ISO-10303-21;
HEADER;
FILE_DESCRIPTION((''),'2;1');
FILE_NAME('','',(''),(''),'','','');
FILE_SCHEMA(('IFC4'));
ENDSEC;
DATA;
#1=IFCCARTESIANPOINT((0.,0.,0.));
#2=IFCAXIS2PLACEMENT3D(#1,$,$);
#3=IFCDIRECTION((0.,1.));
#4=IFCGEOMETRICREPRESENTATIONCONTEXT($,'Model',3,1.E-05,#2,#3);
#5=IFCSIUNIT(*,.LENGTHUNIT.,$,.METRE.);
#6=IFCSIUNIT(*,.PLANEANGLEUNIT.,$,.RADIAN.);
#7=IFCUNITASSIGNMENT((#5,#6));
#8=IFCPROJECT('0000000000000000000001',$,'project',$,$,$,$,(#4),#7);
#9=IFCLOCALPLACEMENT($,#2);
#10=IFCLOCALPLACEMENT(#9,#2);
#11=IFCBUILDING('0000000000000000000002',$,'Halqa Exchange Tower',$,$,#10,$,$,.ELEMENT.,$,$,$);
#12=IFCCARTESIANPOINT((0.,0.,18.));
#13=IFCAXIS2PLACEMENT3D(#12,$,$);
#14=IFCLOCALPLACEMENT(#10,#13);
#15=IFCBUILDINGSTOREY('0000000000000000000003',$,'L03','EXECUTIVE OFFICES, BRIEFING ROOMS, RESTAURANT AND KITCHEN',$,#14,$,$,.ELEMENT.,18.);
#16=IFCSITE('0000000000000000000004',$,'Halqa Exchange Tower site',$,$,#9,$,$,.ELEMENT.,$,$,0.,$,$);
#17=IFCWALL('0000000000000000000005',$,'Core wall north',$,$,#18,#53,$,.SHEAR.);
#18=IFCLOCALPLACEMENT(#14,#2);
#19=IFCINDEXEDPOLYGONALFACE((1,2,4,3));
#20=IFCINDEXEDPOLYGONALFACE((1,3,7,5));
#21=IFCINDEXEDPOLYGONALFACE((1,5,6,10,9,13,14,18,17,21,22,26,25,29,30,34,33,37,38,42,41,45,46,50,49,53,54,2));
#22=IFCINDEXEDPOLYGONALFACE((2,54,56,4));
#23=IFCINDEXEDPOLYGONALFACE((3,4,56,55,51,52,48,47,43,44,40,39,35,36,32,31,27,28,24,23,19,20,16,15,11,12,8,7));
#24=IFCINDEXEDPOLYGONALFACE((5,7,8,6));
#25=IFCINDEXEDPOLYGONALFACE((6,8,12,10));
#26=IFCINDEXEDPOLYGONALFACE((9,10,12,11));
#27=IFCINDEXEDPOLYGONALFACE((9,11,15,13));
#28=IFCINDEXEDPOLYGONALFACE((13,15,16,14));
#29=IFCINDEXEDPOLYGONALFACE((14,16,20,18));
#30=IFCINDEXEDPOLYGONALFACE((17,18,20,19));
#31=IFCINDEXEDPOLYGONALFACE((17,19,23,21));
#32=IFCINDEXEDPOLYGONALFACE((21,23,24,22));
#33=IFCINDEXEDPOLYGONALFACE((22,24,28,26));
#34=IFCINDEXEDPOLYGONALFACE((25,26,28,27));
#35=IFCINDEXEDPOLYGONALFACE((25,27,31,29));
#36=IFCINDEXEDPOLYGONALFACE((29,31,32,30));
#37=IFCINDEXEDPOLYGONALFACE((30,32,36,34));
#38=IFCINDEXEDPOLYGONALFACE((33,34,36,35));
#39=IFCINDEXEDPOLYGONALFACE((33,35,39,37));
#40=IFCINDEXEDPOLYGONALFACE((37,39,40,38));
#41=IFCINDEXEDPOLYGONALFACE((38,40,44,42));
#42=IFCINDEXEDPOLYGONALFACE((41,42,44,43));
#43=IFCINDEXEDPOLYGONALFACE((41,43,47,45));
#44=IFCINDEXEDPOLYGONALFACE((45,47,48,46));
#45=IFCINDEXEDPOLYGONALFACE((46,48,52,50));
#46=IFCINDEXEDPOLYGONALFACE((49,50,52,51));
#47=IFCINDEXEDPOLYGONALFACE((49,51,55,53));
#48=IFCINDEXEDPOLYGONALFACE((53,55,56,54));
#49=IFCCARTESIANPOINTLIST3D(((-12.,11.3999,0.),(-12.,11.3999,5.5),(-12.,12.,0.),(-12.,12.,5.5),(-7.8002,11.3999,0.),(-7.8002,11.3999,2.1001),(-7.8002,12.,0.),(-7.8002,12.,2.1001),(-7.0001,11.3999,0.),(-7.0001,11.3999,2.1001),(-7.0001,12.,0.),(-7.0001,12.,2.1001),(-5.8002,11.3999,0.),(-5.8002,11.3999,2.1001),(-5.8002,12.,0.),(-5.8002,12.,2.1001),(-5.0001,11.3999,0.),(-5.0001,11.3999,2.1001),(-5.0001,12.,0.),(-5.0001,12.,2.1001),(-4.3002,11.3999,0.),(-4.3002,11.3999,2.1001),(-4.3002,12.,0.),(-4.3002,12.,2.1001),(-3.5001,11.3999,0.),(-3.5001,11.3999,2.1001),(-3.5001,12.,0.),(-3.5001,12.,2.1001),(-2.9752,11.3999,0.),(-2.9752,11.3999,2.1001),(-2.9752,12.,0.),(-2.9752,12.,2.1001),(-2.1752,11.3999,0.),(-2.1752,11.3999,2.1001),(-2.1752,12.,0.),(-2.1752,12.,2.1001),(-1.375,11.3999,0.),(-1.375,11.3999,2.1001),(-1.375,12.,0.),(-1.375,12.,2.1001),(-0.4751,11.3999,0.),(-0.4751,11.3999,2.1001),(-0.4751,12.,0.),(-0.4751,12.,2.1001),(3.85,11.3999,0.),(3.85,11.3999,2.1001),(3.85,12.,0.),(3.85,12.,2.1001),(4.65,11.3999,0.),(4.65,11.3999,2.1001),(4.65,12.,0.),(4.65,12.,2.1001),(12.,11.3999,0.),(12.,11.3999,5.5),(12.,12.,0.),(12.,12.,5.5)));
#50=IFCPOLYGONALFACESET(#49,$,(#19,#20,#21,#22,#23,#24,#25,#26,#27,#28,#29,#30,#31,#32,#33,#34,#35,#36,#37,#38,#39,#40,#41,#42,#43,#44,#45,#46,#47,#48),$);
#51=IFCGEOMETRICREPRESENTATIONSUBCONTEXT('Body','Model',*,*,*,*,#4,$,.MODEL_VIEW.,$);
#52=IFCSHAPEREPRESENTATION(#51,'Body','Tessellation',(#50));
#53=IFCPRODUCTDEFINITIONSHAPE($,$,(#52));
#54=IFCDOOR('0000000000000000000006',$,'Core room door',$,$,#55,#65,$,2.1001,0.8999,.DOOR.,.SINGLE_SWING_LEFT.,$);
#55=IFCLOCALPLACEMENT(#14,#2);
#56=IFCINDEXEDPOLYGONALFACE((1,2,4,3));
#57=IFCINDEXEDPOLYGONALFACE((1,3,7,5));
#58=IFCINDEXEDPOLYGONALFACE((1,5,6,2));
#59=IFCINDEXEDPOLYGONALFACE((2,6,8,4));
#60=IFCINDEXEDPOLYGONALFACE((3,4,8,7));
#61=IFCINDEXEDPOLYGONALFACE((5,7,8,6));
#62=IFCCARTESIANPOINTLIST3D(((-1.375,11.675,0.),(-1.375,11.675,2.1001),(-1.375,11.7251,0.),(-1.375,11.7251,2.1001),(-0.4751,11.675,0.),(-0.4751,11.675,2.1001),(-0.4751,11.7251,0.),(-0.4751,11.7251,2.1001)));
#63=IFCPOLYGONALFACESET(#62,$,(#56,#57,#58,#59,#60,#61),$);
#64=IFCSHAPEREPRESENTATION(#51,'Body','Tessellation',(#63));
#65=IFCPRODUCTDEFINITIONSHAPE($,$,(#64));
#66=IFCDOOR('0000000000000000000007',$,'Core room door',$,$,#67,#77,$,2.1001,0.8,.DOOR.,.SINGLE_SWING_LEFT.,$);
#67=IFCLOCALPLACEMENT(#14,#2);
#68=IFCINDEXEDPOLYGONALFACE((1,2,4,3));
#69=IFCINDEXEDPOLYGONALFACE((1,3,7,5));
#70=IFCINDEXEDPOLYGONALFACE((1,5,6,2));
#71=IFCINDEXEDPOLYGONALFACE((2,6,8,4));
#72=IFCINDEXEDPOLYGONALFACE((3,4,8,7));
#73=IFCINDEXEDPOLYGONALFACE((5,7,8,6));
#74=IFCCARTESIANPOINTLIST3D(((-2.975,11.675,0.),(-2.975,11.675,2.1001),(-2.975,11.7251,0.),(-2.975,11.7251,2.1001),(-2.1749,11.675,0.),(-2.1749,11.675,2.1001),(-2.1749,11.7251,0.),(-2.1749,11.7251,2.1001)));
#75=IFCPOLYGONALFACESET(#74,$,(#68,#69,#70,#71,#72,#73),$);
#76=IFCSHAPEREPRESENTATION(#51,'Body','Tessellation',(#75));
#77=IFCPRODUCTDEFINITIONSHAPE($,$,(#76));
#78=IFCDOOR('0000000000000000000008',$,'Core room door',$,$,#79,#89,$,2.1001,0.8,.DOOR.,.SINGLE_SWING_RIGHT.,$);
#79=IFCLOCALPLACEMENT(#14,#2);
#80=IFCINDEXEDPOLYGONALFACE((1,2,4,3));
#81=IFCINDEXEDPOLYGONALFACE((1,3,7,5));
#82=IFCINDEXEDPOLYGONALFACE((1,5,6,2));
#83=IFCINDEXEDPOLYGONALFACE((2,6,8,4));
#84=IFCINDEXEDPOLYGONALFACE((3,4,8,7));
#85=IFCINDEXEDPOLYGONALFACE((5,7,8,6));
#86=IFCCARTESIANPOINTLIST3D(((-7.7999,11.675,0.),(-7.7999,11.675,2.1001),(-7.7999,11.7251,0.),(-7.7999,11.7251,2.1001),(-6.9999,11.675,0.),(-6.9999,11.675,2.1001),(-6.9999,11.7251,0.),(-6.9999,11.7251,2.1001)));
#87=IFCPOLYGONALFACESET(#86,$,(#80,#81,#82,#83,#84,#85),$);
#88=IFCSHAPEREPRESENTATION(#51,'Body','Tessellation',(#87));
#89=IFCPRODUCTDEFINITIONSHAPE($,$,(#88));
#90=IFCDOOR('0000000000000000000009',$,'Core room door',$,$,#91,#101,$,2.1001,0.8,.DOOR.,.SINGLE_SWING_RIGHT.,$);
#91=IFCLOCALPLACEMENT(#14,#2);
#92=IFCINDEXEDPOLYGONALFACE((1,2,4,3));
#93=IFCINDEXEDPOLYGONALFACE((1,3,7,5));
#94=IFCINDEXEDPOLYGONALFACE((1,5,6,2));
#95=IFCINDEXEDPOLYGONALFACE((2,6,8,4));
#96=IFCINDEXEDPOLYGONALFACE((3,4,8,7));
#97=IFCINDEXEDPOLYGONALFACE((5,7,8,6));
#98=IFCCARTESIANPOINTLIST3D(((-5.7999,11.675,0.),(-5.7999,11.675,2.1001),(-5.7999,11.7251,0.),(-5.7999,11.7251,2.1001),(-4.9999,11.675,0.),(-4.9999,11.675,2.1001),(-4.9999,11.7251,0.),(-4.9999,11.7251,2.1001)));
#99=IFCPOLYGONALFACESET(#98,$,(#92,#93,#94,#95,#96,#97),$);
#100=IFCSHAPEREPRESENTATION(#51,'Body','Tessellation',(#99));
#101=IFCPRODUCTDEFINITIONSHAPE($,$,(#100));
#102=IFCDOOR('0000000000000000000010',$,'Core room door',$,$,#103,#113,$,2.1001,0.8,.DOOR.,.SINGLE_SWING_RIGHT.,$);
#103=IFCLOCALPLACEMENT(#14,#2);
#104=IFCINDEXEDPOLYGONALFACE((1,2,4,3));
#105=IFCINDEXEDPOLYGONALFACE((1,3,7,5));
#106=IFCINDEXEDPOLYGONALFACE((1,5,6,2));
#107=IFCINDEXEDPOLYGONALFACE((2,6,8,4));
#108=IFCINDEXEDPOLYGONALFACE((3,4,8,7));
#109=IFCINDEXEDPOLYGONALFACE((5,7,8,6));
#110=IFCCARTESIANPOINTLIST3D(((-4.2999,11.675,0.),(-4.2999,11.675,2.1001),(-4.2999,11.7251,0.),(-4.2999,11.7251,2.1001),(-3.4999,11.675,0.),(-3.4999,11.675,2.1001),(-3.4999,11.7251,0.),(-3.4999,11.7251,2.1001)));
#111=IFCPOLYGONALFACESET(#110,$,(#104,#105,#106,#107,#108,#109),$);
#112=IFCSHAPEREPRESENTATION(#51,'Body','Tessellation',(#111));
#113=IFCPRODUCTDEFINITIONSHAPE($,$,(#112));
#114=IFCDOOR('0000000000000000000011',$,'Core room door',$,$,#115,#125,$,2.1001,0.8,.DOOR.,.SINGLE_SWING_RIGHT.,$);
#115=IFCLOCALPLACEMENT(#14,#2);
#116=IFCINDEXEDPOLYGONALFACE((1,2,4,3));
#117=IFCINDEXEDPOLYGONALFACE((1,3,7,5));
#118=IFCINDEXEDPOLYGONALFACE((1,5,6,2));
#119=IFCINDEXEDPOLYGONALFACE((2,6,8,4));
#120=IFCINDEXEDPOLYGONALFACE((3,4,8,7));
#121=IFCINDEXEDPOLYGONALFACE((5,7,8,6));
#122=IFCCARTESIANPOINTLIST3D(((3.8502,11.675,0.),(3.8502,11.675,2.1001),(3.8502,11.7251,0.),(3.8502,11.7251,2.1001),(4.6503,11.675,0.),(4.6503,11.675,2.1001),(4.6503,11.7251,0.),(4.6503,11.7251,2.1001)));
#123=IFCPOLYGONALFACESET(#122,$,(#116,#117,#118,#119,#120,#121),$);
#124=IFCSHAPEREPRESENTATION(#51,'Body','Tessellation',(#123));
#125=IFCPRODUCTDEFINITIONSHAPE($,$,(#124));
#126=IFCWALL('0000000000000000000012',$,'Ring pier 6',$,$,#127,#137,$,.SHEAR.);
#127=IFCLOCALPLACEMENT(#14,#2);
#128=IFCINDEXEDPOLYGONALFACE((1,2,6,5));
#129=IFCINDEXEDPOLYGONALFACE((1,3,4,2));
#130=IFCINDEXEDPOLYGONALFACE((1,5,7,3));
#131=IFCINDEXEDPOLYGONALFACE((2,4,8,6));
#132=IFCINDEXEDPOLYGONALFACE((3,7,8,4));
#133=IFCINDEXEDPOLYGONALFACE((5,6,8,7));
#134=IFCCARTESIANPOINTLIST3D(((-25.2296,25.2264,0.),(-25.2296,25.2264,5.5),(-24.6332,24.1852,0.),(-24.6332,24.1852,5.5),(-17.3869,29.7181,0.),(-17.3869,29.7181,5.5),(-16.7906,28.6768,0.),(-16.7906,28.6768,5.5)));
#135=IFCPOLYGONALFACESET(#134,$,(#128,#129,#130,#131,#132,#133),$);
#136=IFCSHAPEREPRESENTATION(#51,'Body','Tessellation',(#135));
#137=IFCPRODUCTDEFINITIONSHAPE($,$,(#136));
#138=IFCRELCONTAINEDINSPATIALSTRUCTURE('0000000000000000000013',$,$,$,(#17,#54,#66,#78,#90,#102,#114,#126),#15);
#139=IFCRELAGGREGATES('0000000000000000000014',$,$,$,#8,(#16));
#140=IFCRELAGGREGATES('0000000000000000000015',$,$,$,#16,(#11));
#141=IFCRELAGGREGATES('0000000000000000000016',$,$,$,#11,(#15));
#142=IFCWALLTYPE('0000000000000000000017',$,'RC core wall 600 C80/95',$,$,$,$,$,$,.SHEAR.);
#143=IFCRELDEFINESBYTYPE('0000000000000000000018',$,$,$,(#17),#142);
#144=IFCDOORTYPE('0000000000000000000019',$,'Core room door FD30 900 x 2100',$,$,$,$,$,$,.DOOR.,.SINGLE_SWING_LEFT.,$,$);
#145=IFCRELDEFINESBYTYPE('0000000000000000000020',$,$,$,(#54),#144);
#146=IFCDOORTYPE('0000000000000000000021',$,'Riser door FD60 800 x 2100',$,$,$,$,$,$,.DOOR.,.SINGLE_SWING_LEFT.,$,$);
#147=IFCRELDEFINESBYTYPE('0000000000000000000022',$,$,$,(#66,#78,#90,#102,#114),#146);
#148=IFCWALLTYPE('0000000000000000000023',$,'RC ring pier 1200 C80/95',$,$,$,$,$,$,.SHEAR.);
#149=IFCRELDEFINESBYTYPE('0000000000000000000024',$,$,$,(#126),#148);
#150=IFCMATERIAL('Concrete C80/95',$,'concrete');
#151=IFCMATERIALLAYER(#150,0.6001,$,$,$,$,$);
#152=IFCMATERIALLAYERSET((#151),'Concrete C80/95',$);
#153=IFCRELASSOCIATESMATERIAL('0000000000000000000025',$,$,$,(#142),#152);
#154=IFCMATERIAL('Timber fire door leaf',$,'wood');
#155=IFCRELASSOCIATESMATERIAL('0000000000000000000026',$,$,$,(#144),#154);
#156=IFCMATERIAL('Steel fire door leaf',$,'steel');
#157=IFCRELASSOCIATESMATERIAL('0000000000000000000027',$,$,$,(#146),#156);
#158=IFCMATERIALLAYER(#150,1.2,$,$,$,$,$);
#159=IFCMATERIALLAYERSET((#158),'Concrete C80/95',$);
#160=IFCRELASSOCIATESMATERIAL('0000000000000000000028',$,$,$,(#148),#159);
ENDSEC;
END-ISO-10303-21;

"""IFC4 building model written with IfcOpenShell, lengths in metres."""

from ifc_helpers import new_model, si_unit, direction, frame, frame_2d, origin, place, context, subcontext, project, spatial, rectangle, extrude, material, layer, layer_set, type_object, element, fill, save


model = new_model("IFC4")

# Units and contexts
model_context = context("Model", 3, precision=1e-05, world=origin(), true_north=direction((0.0, 1.0)))
body_context = subcontext(model_context, "Body", "Model", "MODEL_VIEW")
ifc_project = project(units=[si_unit("LENGTHUNIT", "METRE"), si_unit("PLANEANGLEUNIT", "RADIAN")], contexts=[model_context])

# Site, building, storey
site_placement = place(None, origin())
site = spatial("IfcSite", under=ifc_project, at=site_placement, Name="Halqa Exchange Tower site", CompositionType="ELEMENT", RefElevation=0.0)
building_placement = place(site_placement, origin())
building = spatial("IfcBuilding", under=site, at=building_placement, Name="Halqa Exchange Tower", CompositionType="ELEMENT")
storey_placement = place(building_placement, frame((0.0, 0.0, 18.0)))
storey = spatial("IfcBuildingStorey", under=building, at=storey_placement, Name="L03", Description="EXECUTIVE OFFICES, BRIEFING ROOMS, RESTAURANT AND KITCHEN", CompositionType="ELEMENT", Elevation=18.0)

# Shared definitions
ifc_material_1 = material(Name="Steel fire door leaf", Category="steel")

# Wall, openings, doors
ifc_material_2 = material(Name="Concrete C80/95", Category="concrete")
ifc_layer_1 = layer(ifc_material_2, 0.6001)
ifc_layer_set_1 = layer_set([ifc_layer_1], Name="Concrete C80/95")
wall_type_1 = type_object("IfcWallType", Name="RC core wall 600 C80/95", PredefinedType="SHEAR", material=ifc_layer_set_1)
wall_1_placement = place(storey_placement, frame((-12.0, 11.7, 0.0), z_axis=(0.0, 0.0, 1.0), x_axis=(1.0, 0.0, 0.0)))
wall_1 = element("IfcWall", 1, at=wall_1_placement, inside=storey, type_object=wall_type_1, Name="Core wall north", PredefinedType="SHEAR", context=body_context, shape_type="SweptSolid", body=[
    extrude(rectangle(XDim=24.0, YDim=0.6001, at=frame_2d((12.0, 0.0))), origin(), (0.0, 0.0, 1.0), 5.5),
])
opening_1_placement = place(wall_1_placement, frame((9.0249, 0.0, 0.0)))
opening_1 = element("IfcOpeningElement", 2, at=opening_1_placement, cuts=wall_1, PredefinedType="OPENING", context=body_context, shape_type="SweptSolid", body=[
    extrude(rectangle(XDim=0.8, YDim=2.1001, at=frame_2d((0.3999, 1.05))), frame((0.0, 0.312, 0.0), z_axis=(0.0, -1.0, 0.0), x_axis=(1.0, 0.0, 0.0)), (0.0, 0.0, 1.0), 0.624),
])
opening_2_placement = place(wall_1_placement, frame((10.625, 0.0, 0.0)))
opening_2 = element("IfcOpeningElement", 3, at=opening_2_placement, cuts=wall_1, PredefinedType="OPENING", context=body_context, shape_type="SweptSolid", body=[
    extrude(rectangle(XDim=0.8999, YDim=2.1001, at=frame_2d((0.45, 1.05))), frame((0.0, 0.312, 0.0), z_axis=(0.0, -1.0, 0.0), x_axis=(1.0, 0.0, 0.0)), (0.0, 0.0, 1.0), 0.624),
])
opening_3_placement = place(wall_1_placement, frame((4.2, 0.0, 0.0)))
opening_3 = element("IfcOpeningElement", 4, at=opening_3_placement, cuts=wall_1, PredefinedType="OPENING", context=body_context, shape_type="SweptSolid", body=[
    extrude(rectangle(XDim=0.8, YDim=2.1001, at=frame_2d((0.3999, 1.05))), frame((0.0, 0.312, 0.0), z_axis=(0.0, -1.0, 0.0), x_axis=(1.0, 0.0, 0.0)), (0.0, 0.0, 1.0), 0.624),
])
opening_4_placement = place(wall_1_placement, frame((6.2, 0.0, 0.0)))
opening_4 = element("IfcOpeningElement", 5, at=opening_4_placement, cuts=wall_1, PredefinedType="OPENING", context=body_context, shape_type="SweptSolid", body=[
    extrude(rectangle(XDim=0.8, YDim=2.1001, at=frame_2d((0.3999, 1.05))), frame((0.0, 0.312, 0.0), z_axis=(0.0, -1.0, 0.0), x_axis=(1.0, 0.0, 0.0)), (0.0, 0.0, 1.0), 0.624),
])
opening_5_placement = place(wall_1_placement, frame((7.7, 0.0, 0.0)))
opening_5 = element("IfcOpeningElement", 6, at=opening_5_placement, cuts=wall_1, PredefinedType="OPENING", context=body_context, shape_type="SweptSolid", body=[
    extrude(rectangle(XDim=0.8, YDim=2.1001, at=frame_2d((0.3999, 1.05))), frame((0.0, 0.312, 0.0), z_axis=(0.0, -1.0, 0.0), x_axis=(1.0, 0.0, 0.0)), (0.0, 0.0, 1.0), 0.624),
])
opening_6_placement = place(wall_1_placement, frame((15.8501, 0.0, 0.0)))
opening_6 = element("IfcOpeningElement", 7, at=opening_6_placement, cuts=wall_1, PredefinedType="OPENING", context=body_context, shape_type="SweptSolid", body=[
    extrude(rectangle(XDim=0.8, YDim=2.1001, at=frame_2d((0.3999, 1.05))), frame((0.0, 0.312, 0.0), z_axis=(0.0, -1.0, 0.0), x_axis=(1.0, 0.0, 0.0)), (0.0, 0.0, 1.0), 0.624),
])
ifc_material_3 = material(Name="Timber fire door leaf", Category="wood")
door_type_1 = type_object("IfcDoorType", Name="Core room door FD30 900 x 2100", OperationType="SINGLE_SWING_LEFT", PredefinedType="DOOR", material=ifc_material_3)
door_1_placement = place(opening_2_placement, frame((0.8999, 0.0, 0.0), z_axis=(0.0, 0.0, 1.0), x_axis=(-1.0, 0.0, 0.0)))
door_1 = element("IfcDoor", 8, at=door_1_placement, inside=storey, type_object=door_type_1, Name="Core room door", OperationType="SINGLE_SWING_LEFT", OverallHeight=2.1001, OverallWidth=0.8999, PredefinedType="DOOR", context=body_context, shape_type="SweptSolid", body=[
    extrude(rectangle(XDim=0.8999, YDim=2.1001, at=frame_2d((0.45, 1.05))), frame((0.0, 0.0249, 0.0), z_axis=(0.0, -1.0, 0.0), x_axis=(1.0, 0.0, 0.0)), (0.0, 0.0, 1.0), 0.05),
])
fill(opening_2, door_1)
door_type_2 = type_object("IfcDoorType", Name="Riser door FD60 800 x 2100", OperationType="SINGLE_SWING_LEFT", PredefinedType="DOOR", material=ifc_material_1)
door_2_placement = place(opening_1_placement, frame((0.8, 0.0, 0.0), z_axis=(0.0, 0.0, 1.0), x_axis=(-1.0, 0.0, 0.0)))
door_2 = element("IfcDoor", 9, at=door_2_placement, inside=storey, type_object=door_type_2, Name="Core room door", OperationType="SINGLE_SWING_LEFT", OverallHeight=2.1001, OverallWidth=0.8, PredefinedType="DOOR", context=body_context, shape_type="SweptSolid", body=[
    extrude(rectangle(XDim=0.8, YDim=2.1001, at=frame_2d((0.3999, 1.05))), frame((0.0, 0.0249, 0.0), z_axis=(0.0, -1.0, 0.0), x_axis=(1.0, 0.0, 0.0)), (0.0, 0.0, 1.0), 0.05),
])
fill(opening_1, door_2)
door_3_placement = place(opening_3_placement, frame((0.8, 0.0, 0.0), z_axis=(0.0, 0.0, 1.0), x_axis=(-1.0, 0.0, 0.0)))
door_3 = element("IfcDoor", 10, at=door_3_placement, inside=storey, type_object=door_type_2, Name="Core room door", OperationType="SINGLE_SWING_RIGHT", OverallHeight=2.1001, OverallWidth=0.8, PredefinedType="DOOR", context=body_context, shape_type="SweptSolid", body=[
    extrude(rectangle(XDim=0.8, YDim=2.1001, at=frame_2d((0.3999, 1.05))), frame((0.0, 0.0249, 0.0), z_axis=(0.0, -1.0, 0.0), x_axis=(1.0, 0.0, 0.0)), (0.0, 0.0, 1.0), 0.05),
])
fill(opening_3, door_3)
door_4_placement = place(opening_4_placement, frame((0.8, 0.0, 0.0), z_axis=(0.0, 0.0, 1.0), x_axis=(-1.0, 0.0, 0.0)))
door_4 = element("IfcDoor", 11, at=door_4_placement, inside=storey, type_object=door_type_2, Name="Core room door", OperationType="SINGLE_SWING_RIGHT", OverallHeight=2.1001, OverallWidth=0.8, PredefinedType="DOOR", context=body_context, shape_type="SweptSolid", body=[
    extrude(rectangle(XDim=0.8, YDim=2.1001, at=frame_2d((0.3999, 1.05))), frame((0.0, 0.0249, 0.0), z_axis=(0.0, -1.0, 0.0), x_axis=(1.0, 0.0, 0.0)), (0.0, 0.0, 1.0), 0.05),
])
fill(opening_4, door_4)
door_5_placement = place(opening_5_placement, frame((0.8, 0.0, 0.0), z_axis=(0.0, 0.0, 1.0), x_axis=(-1.0, 0.0, 0.0)))
door_5 = element("IfcDoor", 12, at=door_5_placement, inside=storey, type_object=door_type_2, Name="Core room door", OperationType="SINGLE_SWING_RIGHT", OverallHeight=2.1001, OverallWidth=0.8, PredefinedType="DOOR", context=body_context, shape_type="SweptSolid", body=[
    extrude(rectangle(XDim=0.8, YDim=2.1001, at=frame_2d((0.3999, 1.05))), frame((0.0, 0.0249, 0.0), z_axis=(0.0, -1.0, 0.0), x_axis=(1.0, 0.0, 0.0)), (0.0, 0.0, 1.0), 0.05),
])
fill(opening_5, door_5)
door_6_placement = place(opening_6_placement, frame((0.8, 0.0, 0.0), z_axis=(0.0, 0.0, 1.0), x_axis=(-1.0, 0.0, 0.0)))
door_6 = element("IfcDoor", 13, at=door_6_placement, inside=storey, type_object=door_type_2, Name="Core room door", OperationType="SINGLE_SWING_RIGHT", OverallHeight=2.1001, OverallWidth=0.8, PredefinedType="DOOR", context=body_context, shape_type="SweptSolid", body=[
    extrude(rectangle(XDim=0.8, YDim=2.1001, at=frame_2d((0.3999, 1.05))), frame((0.0, 0.0249, 0.0), z_axis=(0.0, -1.0, 0.0), x_axis=(1.0, 0.0, 0.0)), (0.0, 0.0, 1.0), 0.05),
])
fill(opening_6, door_6)

# Wall
ifc_layer_2 = layer(ifc_material_2, 1.2)
ifc_layer_set_2 = layer_set([ifc_layer_2], Name="Concrete C80/95")
wall_type_2 = type_object("IfcWallType", Name="RC ring pier 1200 C80/95", PredefinedType="SHEAR", material=ifc_layer_set_2)
wall_2_placement = place(storey_placement, frame((-17.0886, 29.1975, 0.0), z_axis=(0.0, 0.0, 1.0), x_axis=(-0.867761, -0.496982, 0.0)))
element("IfcWall", 14, at=wall_2_placement, inside=storey, type_object=wall_type_2, Name="Ring pier 6", PredefinedType="SHEAR", context=body_context, shape_type="SweptSolid", body=[
    extrude(rectangle(XDim=9.0378, YDim=1.2, at=frame_2d((4.519, 0.0))), origin(), (0.0, 0.0, 1.0), 5.5),
])

save(model, "model.ifc")
